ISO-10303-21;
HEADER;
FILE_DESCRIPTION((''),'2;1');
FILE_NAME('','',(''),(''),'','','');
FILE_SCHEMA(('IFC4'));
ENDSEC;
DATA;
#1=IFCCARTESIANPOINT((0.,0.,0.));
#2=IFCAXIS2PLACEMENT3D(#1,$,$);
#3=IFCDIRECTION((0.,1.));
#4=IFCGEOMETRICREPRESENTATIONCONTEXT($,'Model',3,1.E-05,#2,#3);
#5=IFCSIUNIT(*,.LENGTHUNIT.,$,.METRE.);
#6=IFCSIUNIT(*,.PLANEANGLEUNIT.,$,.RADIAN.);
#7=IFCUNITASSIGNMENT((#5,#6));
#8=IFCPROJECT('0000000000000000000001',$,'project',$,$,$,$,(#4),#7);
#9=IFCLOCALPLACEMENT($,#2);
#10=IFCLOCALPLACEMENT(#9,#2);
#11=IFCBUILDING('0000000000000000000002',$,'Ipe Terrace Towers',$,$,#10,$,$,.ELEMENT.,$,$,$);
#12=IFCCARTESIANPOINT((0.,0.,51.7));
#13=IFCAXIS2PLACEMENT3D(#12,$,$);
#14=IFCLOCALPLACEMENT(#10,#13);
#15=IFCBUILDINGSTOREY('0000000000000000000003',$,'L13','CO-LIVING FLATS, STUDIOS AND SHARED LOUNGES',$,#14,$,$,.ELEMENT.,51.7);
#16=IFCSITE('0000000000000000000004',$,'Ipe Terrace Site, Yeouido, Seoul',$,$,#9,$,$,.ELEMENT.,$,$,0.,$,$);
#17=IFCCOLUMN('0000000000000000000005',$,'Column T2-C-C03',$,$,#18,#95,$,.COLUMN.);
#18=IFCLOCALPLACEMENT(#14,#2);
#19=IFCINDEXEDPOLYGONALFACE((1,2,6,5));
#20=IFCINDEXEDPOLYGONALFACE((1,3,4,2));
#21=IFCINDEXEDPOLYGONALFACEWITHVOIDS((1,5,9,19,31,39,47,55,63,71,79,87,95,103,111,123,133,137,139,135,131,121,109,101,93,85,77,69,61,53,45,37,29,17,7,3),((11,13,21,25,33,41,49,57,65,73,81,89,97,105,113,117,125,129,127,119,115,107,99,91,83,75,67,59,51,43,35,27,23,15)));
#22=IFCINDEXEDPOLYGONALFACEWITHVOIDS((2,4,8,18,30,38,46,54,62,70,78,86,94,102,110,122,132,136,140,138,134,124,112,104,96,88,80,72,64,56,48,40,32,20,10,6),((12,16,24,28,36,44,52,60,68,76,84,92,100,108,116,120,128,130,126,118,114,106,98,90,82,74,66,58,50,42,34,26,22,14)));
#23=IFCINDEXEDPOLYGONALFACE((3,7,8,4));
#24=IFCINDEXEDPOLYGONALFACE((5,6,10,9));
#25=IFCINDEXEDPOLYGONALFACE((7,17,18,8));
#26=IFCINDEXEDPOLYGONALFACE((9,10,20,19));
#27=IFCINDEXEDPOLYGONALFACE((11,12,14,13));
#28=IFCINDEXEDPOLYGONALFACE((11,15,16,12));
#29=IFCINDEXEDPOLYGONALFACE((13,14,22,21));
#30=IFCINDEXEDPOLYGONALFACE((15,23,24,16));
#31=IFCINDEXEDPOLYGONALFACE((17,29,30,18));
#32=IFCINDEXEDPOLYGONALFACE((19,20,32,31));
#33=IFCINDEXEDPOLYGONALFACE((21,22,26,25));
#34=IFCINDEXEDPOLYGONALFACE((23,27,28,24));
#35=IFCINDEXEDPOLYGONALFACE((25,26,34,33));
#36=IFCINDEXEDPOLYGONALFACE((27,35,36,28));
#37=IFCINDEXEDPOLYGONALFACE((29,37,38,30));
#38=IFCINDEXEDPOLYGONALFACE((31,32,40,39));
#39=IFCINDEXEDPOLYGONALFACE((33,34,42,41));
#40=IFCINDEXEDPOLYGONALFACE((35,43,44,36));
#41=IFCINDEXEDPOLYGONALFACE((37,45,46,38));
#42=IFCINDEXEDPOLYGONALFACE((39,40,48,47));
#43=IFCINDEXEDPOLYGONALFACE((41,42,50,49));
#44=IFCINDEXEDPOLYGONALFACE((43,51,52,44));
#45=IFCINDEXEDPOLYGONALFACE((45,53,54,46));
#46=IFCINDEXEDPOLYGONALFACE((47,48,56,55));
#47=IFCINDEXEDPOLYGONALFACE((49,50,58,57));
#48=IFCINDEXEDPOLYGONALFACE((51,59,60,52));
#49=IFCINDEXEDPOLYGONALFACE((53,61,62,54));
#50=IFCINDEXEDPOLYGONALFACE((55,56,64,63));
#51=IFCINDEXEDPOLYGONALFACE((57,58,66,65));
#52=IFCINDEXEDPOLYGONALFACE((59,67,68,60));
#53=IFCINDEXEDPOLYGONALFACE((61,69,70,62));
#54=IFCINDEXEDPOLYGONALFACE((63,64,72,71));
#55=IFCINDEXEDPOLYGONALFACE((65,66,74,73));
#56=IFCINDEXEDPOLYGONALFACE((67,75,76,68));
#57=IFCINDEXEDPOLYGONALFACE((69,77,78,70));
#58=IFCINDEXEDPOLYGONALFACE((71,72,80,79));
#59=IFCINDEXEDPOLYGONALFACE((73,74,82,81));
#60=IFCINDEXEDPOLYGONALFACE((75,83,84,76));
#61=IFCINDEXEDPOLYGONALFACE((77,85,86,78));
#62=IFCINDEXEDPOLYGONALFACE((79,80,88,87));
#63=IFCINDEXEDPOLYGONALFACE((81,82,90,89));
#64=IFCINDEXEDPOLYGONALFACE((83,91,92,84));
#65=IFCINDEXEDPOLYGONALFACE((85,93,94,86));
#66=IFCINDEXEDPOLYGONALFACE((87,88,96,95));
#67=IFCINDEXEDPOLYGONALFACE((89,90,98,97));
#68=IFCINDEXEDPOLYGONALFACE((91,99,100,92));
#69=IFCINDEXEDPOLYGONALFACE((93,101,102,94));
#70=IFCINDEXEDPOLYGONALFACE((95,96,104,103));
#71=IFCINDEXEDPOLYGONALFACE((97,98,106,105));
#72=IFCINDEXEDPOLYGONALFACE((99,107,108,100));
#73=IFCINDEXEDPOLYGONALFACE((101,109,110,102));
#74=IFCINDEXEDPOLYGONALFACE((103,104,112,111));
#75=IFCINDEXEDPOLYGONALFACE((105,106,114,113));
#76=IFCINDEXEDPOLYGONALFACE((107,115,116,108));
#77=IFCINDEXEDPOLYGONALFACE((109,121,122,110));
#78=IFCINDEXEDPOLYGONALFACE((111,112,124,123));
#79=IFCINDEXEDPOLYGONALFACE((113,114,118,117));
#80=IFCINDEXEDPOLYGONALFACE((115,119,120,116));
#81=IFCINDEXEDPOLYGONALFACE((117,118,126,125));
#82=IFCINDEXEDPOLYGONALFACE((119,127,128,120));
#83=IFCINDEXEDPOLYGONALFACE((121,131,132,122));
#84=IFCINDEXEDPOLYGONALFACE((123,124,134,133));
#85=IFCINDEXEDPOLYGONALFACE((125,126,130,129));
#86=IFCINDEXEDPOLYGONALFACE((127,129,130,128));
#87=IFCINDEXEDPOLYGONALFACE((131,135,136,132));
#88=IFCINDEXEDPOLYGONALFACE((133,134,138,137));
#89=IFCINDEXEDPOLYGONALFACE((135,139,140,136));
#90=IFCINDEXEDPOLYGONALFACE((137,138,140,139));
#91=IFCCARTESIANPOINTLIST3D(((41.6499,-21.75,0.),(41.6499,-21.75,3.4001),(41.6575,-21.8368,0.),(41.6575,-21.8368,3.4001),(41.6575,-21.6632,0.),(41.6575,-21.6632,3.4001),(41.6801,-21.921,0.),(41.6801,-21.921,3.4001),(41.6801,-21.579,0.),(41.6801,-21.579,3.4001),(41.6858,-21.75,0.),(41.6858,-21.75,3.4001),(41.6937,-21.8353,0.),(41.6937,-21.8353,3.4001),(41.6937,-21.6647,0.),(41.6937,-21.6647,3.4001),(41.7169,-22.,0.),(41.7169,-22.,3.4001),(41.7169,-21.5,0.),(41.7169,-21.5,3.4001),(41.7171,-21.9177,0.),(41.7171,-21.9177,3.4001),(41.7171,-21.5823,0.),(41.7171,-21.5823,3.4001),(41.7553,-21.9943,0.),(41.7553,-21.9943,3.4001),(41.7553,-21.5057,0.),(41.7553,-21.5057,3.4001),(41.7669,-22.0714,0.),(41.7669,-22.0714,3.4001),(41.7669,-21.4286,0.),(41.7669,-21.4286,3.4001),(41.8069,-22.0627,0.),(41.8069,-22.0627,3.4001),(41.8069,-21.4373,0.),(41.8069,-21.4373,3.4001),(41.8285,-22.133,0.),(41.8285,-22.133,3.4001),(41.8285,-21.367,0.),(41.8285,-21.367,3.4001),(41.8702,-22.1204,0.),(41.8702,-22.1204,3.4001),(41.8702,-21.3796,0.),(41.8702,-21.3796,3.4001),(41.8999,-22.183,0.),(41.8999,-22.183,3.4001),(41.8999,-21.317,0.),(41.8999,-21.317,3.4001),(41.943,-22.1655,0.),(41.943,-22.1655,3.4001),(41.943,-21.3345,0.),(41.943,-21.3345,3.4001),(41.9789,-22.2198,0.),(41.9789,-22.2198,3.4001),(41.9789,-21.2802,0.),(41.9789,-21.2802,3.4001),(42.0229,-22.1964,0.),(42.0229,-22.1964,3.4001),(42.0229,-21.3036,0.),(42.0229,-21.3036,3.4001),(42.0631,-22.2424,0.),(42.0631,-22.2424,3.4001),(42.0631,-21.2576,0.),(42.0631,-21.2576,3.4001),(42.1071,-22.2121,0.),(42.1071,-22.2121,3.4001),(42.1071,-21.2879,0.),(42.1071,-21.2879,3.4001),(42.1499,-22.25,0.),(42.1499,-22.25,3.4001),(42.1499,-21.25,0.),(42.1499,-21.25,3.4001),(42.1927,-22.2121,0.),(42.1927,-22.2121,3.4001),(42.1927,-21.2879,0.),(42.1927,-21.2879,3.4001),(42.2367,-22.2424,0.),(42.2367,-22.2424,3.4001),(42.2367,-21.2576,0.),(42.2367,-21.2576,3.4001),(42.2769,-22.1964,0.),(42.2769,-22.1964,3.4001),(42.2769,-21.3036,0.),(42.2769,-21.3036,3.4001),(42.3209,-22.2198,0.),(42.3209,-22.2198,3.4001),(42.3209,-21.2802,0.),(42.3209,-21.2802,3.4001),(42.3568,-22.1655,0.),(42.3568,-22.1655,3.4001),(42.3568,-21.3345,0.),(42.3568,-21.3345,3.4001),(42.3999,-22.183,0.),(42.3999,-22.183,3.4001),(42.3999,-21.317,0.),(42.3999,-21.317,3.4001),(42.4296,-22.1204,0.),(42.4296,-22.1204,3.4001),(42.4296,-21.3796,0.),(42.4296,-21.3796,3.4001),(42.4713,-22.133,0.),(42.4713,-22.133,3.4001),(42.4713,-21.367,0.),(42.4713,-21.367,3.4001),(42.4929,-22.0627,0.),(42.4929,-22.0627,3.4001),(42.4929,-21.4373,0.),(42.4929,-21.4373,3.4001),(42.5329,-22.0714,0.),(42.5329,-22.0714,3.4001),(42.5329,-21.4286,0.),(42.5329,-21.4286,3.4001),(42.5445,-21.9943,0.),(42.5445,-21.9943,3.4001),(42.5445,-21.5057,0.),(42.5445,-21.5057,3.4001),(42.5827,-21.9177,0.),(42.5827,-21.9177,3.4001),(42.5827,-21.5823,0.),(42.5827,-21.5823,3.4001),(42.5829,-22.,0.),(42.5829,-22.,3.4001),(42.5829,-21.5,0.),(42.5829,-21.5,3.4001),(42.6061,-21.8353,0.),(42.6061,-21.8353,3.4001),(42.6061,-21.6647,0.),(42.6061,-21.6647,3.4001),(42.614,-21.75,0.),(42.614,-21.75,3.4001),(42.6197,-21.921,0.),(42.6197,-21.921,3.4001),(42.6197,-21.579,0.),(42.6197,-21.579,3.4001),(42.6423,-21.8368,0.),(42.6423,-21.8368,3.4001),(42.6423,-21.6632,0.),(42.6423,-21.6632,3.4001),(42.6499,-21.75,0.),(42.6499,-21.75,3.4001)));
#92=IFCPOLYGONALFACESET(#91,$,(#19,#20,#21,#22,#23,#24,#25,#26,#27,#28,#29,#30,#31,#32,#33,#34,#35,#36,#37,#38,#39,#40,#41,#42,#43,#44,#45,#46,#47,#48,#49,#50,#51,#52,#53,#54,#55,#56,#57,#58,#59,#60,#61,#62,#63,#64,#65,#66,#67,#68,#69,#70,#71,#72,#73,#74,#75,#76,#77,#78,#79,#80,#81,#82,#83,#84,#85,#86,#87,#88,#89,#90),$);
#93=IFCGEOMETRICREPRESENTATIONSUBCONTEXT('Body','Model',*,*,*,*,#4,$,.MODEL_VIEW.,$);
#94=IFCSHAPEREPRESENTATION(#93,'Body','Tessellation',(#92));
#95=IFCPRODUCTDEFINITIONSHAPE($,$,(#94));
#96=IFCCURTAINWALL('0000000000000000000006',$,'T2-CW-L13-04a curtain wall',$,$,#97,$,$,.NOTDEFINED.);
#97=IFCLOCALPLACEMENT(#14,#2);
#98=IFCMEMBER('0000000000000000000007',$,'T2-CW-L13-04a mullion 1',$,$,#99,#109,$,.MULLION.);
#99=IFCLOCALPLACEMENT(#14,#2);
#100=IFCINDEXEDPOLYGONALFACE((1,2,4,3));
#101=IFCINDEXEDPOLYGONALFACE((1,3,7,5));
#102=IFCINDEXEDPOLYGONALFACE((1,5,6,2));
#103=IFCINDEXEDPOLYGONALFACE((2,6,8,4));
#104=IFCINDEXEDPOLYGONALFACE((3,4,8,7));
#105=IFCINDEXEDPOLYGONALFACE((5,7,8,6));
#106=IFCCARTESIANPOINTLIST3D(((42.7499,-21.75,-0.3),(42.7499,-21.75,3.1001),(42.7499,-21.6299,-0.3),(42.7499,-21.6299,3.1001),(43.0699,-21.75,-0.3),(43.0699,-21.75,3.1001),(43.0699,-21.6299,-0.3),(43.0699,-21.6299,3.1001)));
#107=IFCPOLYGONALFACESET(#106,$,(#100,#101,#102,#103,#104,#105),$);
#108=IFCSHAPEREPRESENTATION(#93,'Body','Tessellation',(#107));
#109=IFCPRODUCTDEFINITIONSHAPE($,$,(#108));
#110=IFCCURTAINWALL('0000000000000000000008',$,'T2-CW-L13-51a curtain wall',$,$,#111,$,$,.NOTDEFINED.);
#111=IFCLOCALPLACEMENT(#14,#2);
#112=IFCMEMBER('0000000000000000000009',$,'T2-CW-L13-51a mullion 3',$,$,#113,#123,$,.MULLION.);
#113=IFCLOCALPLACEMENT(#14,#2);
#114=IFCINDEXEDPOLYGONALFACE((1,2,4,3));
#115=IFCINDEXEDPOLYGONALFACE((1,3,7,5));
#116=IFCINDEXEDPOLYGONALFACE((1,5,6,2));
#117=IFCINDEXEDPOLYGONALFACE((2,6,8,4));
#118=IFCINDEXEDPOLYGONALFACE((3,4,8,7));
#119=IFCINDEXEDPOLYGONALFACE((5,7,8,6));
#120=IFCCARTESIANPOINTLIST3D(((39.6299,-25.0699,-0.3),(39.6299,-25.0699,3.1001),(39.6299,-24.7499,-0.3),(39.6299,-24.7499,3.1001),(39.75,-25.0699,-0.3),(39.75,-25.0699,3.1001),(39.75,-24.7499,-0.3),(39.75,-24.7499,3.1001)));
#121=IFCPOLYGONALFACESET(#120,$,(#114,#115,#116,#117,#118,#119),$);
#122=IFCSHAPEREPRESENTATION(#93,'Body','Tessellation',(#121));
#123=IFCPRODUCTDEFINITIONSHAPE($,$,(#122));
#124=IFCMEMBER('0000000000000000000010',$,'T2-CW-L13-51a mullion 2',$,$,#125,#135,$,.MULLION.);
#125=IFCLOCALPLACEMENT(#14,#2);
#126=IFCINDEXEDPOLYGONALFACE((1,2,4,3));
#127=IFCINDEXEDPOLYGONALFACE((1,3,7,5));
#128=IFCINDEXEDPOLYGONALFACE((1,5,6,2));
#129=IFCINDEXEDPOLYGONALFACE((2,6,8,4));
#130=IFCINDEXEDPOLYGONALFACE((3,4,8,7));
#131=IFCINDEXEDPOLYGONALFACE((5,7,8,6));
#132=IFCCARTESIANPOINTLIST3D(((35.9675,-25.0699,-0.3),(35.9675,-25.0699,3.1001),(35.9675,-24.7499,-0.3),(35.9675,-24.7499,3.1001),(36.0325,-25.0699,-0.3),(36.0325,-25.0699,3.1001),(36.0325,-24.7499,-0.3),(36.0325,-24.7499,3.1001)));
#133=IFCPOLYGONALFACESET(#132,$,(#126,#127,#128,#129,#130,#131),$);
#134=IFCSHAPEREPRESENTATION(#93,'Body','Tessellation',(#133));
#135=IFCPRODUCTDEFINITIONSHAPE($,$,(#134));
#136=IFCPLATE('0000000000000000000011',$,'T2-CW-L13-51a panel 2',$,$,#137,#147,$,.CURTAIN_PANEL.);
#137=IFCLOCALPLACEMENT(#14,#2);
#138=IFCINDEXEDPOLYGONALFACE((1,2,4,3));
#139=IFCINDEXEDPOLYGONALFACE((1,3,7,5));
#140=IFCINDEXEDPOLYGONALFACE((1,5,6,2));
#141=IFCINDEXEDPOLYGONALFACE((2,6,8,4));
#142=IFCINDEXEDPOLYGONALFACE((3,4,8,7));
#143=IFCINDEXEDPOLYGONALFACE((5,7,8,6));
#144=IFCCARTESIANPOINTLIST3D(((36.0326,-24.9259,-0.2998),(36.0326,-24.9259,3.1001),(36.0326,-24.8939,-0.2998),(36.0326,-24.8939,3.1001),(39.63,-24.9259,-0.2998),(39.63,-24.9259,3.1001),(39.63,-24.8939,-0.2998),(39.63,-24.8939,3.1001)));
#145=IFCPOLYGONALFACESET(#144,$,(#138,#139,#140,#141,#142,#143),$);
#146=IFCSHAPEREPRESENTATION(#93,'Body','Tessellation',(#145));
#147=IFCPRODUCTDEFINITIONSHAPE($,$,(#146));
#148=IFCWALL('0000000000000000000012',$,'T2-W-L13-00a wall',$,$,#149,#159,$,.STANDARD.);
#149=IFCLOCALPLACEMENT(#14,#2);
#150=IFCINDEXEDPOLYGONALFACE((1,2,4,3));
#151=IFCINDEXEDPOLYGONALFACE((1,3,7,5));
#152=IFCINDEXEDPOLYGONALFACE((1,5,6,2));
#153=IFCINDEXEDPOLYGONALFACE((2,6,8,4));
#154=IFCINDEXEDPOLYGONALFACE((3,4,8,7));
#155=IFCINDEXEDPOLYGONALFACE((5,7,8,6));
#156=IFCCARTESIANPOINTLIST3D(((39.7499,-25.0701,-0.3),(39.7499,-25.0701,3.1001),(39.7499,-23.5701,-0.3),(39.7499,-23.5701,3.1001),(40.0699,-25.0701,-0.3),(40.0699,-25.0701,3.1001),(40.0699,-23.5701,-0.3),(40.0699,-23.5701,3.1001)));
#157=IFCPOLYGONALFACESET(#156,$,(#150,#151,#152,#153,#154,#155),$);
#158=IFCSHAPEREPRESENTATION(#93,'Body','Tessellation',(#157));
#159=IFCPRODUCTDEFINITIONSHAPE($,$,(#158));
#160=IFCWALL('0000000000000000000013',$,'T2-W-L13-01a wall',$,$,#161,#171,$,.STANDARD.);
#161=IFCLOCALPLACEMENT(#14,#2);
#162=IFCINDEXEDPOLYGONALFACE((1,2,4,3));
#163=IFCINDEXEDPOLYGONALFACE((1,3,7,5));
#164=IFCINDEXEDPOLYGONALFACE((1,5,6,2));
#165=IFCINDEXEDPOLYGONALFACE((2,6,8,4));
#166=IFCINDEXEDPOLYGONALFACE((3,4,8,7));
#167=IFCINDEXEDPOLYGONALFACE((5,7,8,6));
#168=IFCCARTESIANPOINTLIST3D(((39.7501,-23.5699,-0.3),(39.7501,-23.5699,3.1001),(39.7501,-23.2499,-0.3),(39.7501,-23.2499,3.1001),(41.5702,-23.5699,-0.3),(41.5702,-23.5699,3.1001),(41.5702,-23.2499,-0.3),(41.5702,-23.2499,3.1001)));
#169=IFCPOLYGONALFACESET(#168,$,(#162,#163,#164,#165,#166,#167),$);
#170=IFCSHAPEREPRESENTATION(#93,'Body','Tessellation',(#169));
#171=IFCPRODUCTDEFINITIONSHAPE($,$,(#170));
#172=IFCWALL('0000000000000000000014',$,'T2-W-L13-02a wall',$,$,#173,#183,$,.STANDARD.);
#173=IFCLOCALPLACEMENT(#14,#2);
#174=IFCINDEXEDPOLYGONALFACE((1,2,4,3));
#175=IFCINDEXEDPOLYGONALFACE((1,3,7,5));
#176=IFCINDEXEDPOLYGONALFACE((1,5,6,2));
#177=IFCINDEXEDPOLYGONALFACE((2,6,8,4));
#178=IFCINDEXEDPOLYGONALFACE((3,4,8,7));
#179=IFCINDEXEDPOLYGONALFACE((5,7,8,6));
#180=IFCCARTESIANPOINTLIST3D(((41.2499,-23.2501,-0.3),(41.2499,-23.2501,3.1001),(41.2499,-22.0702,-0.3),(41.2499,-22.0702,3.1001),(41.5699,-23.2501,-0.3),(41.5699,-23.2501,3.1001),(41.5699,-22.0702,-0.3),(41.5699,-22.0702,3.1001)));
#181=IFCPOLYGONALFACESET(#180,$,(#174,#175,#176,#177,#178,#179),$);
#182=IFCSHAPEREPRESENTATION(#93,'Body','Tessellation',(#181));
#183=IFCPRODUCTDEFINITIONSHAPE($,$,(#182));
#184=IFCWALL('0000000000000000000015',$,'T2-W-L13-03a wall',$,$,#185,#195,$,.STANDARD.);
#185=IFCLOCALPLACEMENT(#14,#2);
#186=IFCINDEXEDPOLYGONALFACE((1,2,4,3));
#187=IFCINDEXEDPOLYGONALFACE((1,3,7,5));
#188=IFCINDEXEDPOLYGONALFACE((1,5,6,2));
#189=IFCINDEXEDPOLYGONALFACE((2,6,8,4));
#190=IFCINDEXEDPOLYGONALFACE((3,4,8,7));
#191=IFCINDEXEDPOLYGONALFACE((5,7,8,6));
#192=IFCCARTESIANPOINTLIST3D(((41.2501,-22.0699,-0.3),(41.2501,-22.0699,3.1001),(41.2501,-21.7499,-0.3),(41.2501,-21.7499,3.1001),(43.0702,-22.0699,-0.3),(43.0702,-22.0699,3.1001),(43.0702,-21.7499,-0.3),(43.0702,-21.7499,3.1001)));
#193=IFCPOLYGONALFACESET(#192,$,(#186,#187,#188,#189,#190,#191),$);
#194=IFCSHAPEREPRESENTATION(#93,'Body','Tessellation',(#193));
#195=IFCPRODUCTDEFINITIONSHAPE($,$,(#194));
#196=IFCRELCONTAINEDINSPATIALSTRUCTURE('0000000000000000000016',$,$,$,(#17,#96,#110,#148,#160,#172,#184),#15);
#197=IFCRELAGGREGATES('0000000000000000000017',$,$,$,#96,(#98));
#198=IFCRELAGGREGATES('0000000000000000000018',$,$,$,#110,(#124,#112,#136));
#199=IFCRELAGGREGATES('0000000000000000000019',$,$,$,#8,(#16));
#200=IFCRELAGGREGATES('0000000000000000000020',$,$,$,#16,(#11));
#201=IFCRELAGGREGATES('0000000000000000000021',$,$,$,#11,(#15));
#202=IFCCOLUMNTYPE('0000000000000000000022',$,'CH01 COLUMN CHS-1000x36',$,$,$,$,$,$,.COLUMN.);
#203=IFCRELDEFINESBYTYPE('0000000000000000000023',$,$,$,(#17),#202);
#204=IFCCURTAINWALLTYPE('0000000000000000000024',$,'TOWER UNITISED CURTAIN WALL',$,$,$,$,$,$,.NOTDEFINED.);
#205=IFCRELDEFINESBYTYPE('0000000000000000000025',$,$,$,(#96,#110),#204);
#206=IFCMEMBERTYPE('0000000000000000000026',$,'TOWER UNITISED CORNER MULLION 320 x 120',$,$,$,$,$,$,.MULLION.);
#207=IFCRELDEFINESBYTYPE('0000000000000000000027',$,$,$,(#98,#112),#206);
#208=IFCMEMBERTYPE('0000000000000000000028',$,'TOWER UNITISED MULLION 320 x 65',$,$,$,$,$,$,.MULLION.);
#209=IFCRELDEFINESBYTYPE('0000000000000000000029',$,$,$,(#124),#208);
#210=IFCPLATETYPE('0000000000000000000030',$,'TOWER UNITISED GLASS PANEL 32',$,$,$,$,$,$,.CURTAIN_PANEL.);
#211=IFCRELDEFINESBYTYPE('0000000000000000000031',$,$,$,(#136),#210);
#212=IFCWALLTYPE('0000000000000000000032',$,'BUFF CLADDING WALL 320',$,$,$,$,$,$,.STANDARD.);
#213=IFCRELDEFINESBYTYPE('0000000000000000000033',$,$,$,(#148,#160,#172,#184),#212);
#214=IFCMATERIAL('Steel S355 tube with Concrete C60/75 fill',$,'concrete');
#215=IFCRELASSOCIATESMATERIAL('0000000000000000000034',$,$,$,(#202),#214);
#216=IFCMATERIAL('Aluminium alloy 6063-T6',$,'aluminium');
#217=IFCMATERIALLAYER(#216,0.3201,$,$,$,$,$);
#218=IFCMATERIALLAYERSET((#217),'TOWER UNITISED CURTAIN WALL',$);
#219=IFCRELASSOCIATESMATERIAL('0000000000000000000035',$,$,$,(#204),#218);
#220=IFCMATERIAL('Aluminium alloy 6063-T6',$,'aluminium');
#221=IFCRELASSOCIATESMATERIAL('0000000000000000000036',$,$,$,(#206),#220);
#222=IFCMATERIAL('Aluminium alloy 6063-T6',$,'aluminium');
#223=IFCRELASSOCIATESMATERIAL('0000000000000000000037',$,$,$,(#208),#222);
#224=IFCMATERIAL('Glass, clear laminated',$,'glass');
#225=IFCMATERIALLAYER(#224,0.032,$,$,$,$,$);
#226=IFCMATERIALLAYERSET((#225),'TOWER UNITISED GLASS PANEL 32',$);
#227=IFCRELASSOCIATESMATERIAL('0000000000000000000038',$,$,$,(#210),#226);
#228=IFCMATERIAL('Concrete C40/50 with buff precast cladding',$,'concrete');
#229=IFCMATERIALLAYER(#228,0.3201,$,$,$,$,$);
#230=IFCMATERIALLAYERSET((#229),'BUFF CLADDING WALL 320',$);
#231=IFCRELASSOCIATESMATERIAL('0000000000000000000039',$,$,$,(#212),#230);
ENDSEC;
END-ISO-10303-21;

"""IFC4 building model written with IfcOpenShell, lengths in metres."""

from ifc_helpers import new_model, si_unit, direction, frame, frame_2d, origin, origin_2d, place, context, subcontext, project, spatial, rectangle, hollow_circle, extrude, material, layer, layer_set, material_profile, profile_set, type_object, element, aggregate, save


model = new_model("IFC4")

# Units and contexts
model_context = context("Model", 3, precision=1e-05, world=origin(), true_north=direction((0.0, 1.0)))
body_context = subcontext(model_context, "Body", "Model", "MODEL_VIEW")
ifc_project = project(units=[si_unit("LENGTHUNIT", "METRE"), si_unit("PLANEANGLEUNIT", "RADIAN")], contexts=[model_context])

# Site, building, storey
site_placement = place(None, origin())
site = spatial("IfcSite", under=ifc_project, at=site_placement, Name="Ipe Terrace Site, Yeouido, Seoul", CompositionType="ELEMENT", RefElevation=0.0)
building_placement = place(site_placement, origin())
building = spatial("IfcBuilding", under=site, at=building_placement, Name="Ipe Terrace Towers", CompositionType="ELEMENT")
storey_placement = place(building_placement, frame((0.0, 0.0, 51.7)))
storey = spatial("IfcBuildingStorey", under=building, at=storey_placement, Name="L13", Description="CO-LIVING FLATS, STUDIOS AND SHARED LOUNGES", CompositionType="ELEMENT", Elevation=51.7)

# Column
ifc_material_1 = material(Name="Steel S355 tube with Concrete C60/75 fill", Category="concrete")
ifc_material_profile_1 = material_profile(ifc_material_1, hollow_circle(Radius=0.5, WallThickness=0.0359, at=origin_2d()), Name="CHS-1000x36")
ifc_profile_set_1 = profile_set([ifc_material_profile_1], Name="Steel S355 tube with Concrete C60/75 fill")
column_type = type_object("IfcColumnType", Name="CH01 COLUMN CHS-1000x36", PredefinedType="COLUMN", material=ifc_profile_set_1)
column_placement = place(storey_placement, frame((42.1499, -21.75, 0.0), z_axis=(0.0, 0.0, 1.0), x_axis=(1.0, 0.0, 0.0)))
element("IfcColumn", 1, at=column_placement, inside=storey, type_object=column_type, Name="Column T2-C-C03", PredefinedType="COLUMN", context=body_context, shape_type="SweptSolid", body=[
    extrude(hollow_circle(Radius=0.5, WallThickness=0.0359, at=origin_2d()), origin(), (0.0, 0.0, 1.0), 3.4001),
])

# Curtain wall, member
ifc_material_2 = material(Name="Aluminium alloy 6063-T6", Category="aluminium")
ifc_layer_1 = layer(ifc_material_2, 0.3201)
ifc_layer_set_1 = layer_set([ifc_layer_1], Name="TOWER UNITISED CURTAIN WALL")
curtain_wall_type = type_object("IfcCurtainWallType", Name="TOWER UNITISED CURTAIN WALL", PredefinedType="NOTDEFINED", material=ifc_layer_set_1)
curtain_wall_1_placement = place(storey_placement, origin())
curtain_wall_1 = element("IfcCurtainWall", 2, at=curtain_wall_1_placement, inside=storey, type_object=curtain_wall_type, Name="T2-CW-L13-04a curtain wall", PredefinedType="NOTDEFINED")
ifc_material_3 = material(Name="Aluminium alloy 6063-T6", Category="aluminium")
ifc_material_profile_2 = material_profile(ifc_material_3, rectangle(XDim=0.3201, YDim=0.1201, at=origin_2d()), Name="TOWER UNITISED CORNER MULLION 320 x 120")
ifc_profile_set_2 = profile_set([ifc_material_profile_2], Name="Aluminium alloy 6063-T6")
member_type_1 = type_object("IfcMemberType", Name="TOWER UNITISED CORNER MULLION 320 x 120", PredefinedType="MULLION", material=ifc_profile_set_2)
member_1_placement = place(storey_placement, frame((42.9099, -21.6899, -0.3), z_axis=(0.0, 0.0, 1.0), x_axis=(1.0, 0.0, 0.0)))
member_1 = element("IfcMember", 3, at=member_1_placement, type_object=member_type_1, Name="T2-CW-L13-04a mullion 1", PredefinedType="MULLION", context=body_context, shape_type="SweptSolid", body=[
    extrude(rectangle(XDim=0.3201, YDim=0.1201, at=origin_2d()), origin(), (0.0, 0.0, 1.0), 3.4001),
])
aggregate(curtain_wall_1, [member_1])

# Curtain wall, members, plate
curtain_wall_2_placement = place(storey_placement, origin())
curtain_wall_2 = element("IfcCurtainWall", 4, at=curtain_wall_2_placement, inside=storey, type_object=curtain_wall_type, Name="T2-CW-L13-51a curtain wall", PredefinedType="NOTDEFINED")
member_2_placement = place(storey_placement, frame((39.6899, -24.9099, -0.3), z_axis=(0.0, 0.0, 1.0), x_axis=(0.0, -1.0, 0.0)))
member_2 = element("IfcMember", 5, at=member_2_placement, type_object=member_type_1, Name="T2-CW-L13-51a mullion 3", PredefinedType="MULLION", context=body_context, shape_type="SweptSolid", body=[
    extrude(rectangle(XDim=0.3201, YDim=0.1201, at=origin_2d()), origin(), (0.0, 0.0, 1.0), 3.4001),
])
ifc_material_4 = material(Name="Aluminium alloy 6063-T6", Category="aluminium")
ifc_material_profile_3 = material_profile(ifc_material_4, rectangle(XDim=0.3201, YDim=0.0649, at=origin_2d()), Name="TOWER UNITISED MULLION 320 x 65")
ifc_profile_set_3 = profile_set([ifc_material_profile_3], Name="Aluminium alloy 6063-T6")
member_type_2 = type_object("IfcMemberType", Name="TOWER UNITISED MULLION 320 x 65", PredefinedType="MULLION", material=ifc_profile_set_3)
member_3_placement = place(storey_placement, frame((36.0, -24.9099, -0.3), z_axis=(0.0, 0.0, 1.0), x_axis=(0.0, -1.0, 0.0)))
member_3 = element("IfcMember", 6, at=member_3_placement, type_object=member_type_2, Name="T2-CW-L13-51a mullion 2", PredefinedType="MULLION", context=body_context, shape_type="SweptSolid", body=[
    extrude(rectangle(XDim=0.3201, YDim=0.0649, at=origin_2d()), origin(), (0.0, 0.0, 1.0), 3.4001),
])
ifc_material_5 = material(Name="Glass, clear laminated", Category="glass")
ifc_layer_2 = layer(ifc_material_5, 0.032)
ifc_layer_set_2 = layer_set([ifc_layer_2], Name="TOWER UNITISED GLASS PANEL 32")
plate_type = type_object("IfcPlateType", Name="TOWER UNITISED GLASS PANEL 32", PredefinedType="CURTAIN_PANEL", material=ifc_layer_set_2)
plate_placement = place(storey_placement, frame((37.8313, -24.9099, -0.2998), z_axis=(0.0, 0.0, 1.0), x_axis=(1.0, 0.0, 0.0)))
plate = element("IfcPlate", 7, at=plate_placement, type_object=plate_type, Name="T2-CW-L13-51a panel 2", PredefinedType="CURTAIN_PANEL", context=body_context, shape_type="SweptSolid", body=[
    extrude(rectangle(XDim=3.5974, YDim=0.032, at=origin_2d()), origin(), (0.0, 0.0, 1.0), 3.3999),
])
aggregate(curtain_wall_2, [member_3, member_2, plate])

# Walls
ifc_material_6 = material(Name="Concrete C40/50 with buff precast cladding", Category="concrete")
ifc_layer_3 = layer(ifc_material_6, 0.3201)
ifc_layer_set_3 = layer_set([ifc_layer_3], Name="BUFF CLADDING WALL 320")
wall_type_1 = type_object("IfcWallType", Name="BUFF CLADDING WALL 320", PredefinedType="STANDARD", material=ifc_layer_set_3)
wall_1_placement = place(storey_placement, frame((39.9099, -25.0701, -0.3), z_axis=(0.0, 0.0, 1.0), x_axis=(0.0, 1.0, 0.0)))
element("IfcWall", 8, at=wall_1_placement, inside=storey, type_object=wall_type_1, Name="T2-W-L13-00a wall", PredefinedType="STANDARD", context=body_context, shape_type="SweptSolid", body=[
    extrude(rectangle(XDim=1.5, YDim=0.3201, at=frame_2d((0.75, 0.0))), origin(), (0.0, 0.0, 1.0), 3.4001),
])
wall_2_placement = place(storey_placement, frame((39.75, -23.4099, -0.3), z_axis=(0.0, 0.0, 1.0), x_axis=(1.0, 0.0, 0.0)))
element("IfcWall", 9, at=wall_2_placement, inside=storey, type_object=wall_type_1, Name="T2-W-L13-01a wall", PredefinedType="STANDARD", context=body_context, shape_type="SweptSolid", body=[
    extrude(rectangle(XDim=1.8201, YDim=0.3201, at=frame_2d((0.9102, 0.0))), origin(), (0.0, 0.0, 1.0), 3.4001),
])
wall_3_placement = place(storey_placement, frame((41.4099, -23.25, -0.3), z_axis=(0.0, 0.0, 1.0), x_axis=(0.0, 1.0, 0.0)))
element("IfcWall", 10, at=wall_3_placement, inside=storey, type_object=wall_type_1, Name="T2-W-L13-02a wall", PredefinedType="STANDARD", context=body_context, shape_type="SweptSolid", body=[
    extrude(rectangle(XDim=1.1799, YDim=0.3201, at=frame_2d((0.5898, 0.0))), origin(), (0.0, 0.0, 1.0), 3.4001),
])
wall_4_placement = place(storey_placement, frame((41.25, -21.9099, -0.3), z_axis=(0.0, 0.0, 1.0), x_axis=(1.0, 0.0, 0.0)))
element("IfcWall", 11, at=wall_4_placement, inside=storey, type_object=wall_type_1, Name="T2-W-L13-03a wall", PredefinedType="STANDARD", context=body_context, shape_type="SweptSolid", body=[
    extrude(rectangle(XDim=1.8201, YDim=0.3201, at=frame_2d((0.9102, 0.0))), origin(), (0.0, 0.0, 1.0), 3.4001),
])

save(model, "model.ifc")
